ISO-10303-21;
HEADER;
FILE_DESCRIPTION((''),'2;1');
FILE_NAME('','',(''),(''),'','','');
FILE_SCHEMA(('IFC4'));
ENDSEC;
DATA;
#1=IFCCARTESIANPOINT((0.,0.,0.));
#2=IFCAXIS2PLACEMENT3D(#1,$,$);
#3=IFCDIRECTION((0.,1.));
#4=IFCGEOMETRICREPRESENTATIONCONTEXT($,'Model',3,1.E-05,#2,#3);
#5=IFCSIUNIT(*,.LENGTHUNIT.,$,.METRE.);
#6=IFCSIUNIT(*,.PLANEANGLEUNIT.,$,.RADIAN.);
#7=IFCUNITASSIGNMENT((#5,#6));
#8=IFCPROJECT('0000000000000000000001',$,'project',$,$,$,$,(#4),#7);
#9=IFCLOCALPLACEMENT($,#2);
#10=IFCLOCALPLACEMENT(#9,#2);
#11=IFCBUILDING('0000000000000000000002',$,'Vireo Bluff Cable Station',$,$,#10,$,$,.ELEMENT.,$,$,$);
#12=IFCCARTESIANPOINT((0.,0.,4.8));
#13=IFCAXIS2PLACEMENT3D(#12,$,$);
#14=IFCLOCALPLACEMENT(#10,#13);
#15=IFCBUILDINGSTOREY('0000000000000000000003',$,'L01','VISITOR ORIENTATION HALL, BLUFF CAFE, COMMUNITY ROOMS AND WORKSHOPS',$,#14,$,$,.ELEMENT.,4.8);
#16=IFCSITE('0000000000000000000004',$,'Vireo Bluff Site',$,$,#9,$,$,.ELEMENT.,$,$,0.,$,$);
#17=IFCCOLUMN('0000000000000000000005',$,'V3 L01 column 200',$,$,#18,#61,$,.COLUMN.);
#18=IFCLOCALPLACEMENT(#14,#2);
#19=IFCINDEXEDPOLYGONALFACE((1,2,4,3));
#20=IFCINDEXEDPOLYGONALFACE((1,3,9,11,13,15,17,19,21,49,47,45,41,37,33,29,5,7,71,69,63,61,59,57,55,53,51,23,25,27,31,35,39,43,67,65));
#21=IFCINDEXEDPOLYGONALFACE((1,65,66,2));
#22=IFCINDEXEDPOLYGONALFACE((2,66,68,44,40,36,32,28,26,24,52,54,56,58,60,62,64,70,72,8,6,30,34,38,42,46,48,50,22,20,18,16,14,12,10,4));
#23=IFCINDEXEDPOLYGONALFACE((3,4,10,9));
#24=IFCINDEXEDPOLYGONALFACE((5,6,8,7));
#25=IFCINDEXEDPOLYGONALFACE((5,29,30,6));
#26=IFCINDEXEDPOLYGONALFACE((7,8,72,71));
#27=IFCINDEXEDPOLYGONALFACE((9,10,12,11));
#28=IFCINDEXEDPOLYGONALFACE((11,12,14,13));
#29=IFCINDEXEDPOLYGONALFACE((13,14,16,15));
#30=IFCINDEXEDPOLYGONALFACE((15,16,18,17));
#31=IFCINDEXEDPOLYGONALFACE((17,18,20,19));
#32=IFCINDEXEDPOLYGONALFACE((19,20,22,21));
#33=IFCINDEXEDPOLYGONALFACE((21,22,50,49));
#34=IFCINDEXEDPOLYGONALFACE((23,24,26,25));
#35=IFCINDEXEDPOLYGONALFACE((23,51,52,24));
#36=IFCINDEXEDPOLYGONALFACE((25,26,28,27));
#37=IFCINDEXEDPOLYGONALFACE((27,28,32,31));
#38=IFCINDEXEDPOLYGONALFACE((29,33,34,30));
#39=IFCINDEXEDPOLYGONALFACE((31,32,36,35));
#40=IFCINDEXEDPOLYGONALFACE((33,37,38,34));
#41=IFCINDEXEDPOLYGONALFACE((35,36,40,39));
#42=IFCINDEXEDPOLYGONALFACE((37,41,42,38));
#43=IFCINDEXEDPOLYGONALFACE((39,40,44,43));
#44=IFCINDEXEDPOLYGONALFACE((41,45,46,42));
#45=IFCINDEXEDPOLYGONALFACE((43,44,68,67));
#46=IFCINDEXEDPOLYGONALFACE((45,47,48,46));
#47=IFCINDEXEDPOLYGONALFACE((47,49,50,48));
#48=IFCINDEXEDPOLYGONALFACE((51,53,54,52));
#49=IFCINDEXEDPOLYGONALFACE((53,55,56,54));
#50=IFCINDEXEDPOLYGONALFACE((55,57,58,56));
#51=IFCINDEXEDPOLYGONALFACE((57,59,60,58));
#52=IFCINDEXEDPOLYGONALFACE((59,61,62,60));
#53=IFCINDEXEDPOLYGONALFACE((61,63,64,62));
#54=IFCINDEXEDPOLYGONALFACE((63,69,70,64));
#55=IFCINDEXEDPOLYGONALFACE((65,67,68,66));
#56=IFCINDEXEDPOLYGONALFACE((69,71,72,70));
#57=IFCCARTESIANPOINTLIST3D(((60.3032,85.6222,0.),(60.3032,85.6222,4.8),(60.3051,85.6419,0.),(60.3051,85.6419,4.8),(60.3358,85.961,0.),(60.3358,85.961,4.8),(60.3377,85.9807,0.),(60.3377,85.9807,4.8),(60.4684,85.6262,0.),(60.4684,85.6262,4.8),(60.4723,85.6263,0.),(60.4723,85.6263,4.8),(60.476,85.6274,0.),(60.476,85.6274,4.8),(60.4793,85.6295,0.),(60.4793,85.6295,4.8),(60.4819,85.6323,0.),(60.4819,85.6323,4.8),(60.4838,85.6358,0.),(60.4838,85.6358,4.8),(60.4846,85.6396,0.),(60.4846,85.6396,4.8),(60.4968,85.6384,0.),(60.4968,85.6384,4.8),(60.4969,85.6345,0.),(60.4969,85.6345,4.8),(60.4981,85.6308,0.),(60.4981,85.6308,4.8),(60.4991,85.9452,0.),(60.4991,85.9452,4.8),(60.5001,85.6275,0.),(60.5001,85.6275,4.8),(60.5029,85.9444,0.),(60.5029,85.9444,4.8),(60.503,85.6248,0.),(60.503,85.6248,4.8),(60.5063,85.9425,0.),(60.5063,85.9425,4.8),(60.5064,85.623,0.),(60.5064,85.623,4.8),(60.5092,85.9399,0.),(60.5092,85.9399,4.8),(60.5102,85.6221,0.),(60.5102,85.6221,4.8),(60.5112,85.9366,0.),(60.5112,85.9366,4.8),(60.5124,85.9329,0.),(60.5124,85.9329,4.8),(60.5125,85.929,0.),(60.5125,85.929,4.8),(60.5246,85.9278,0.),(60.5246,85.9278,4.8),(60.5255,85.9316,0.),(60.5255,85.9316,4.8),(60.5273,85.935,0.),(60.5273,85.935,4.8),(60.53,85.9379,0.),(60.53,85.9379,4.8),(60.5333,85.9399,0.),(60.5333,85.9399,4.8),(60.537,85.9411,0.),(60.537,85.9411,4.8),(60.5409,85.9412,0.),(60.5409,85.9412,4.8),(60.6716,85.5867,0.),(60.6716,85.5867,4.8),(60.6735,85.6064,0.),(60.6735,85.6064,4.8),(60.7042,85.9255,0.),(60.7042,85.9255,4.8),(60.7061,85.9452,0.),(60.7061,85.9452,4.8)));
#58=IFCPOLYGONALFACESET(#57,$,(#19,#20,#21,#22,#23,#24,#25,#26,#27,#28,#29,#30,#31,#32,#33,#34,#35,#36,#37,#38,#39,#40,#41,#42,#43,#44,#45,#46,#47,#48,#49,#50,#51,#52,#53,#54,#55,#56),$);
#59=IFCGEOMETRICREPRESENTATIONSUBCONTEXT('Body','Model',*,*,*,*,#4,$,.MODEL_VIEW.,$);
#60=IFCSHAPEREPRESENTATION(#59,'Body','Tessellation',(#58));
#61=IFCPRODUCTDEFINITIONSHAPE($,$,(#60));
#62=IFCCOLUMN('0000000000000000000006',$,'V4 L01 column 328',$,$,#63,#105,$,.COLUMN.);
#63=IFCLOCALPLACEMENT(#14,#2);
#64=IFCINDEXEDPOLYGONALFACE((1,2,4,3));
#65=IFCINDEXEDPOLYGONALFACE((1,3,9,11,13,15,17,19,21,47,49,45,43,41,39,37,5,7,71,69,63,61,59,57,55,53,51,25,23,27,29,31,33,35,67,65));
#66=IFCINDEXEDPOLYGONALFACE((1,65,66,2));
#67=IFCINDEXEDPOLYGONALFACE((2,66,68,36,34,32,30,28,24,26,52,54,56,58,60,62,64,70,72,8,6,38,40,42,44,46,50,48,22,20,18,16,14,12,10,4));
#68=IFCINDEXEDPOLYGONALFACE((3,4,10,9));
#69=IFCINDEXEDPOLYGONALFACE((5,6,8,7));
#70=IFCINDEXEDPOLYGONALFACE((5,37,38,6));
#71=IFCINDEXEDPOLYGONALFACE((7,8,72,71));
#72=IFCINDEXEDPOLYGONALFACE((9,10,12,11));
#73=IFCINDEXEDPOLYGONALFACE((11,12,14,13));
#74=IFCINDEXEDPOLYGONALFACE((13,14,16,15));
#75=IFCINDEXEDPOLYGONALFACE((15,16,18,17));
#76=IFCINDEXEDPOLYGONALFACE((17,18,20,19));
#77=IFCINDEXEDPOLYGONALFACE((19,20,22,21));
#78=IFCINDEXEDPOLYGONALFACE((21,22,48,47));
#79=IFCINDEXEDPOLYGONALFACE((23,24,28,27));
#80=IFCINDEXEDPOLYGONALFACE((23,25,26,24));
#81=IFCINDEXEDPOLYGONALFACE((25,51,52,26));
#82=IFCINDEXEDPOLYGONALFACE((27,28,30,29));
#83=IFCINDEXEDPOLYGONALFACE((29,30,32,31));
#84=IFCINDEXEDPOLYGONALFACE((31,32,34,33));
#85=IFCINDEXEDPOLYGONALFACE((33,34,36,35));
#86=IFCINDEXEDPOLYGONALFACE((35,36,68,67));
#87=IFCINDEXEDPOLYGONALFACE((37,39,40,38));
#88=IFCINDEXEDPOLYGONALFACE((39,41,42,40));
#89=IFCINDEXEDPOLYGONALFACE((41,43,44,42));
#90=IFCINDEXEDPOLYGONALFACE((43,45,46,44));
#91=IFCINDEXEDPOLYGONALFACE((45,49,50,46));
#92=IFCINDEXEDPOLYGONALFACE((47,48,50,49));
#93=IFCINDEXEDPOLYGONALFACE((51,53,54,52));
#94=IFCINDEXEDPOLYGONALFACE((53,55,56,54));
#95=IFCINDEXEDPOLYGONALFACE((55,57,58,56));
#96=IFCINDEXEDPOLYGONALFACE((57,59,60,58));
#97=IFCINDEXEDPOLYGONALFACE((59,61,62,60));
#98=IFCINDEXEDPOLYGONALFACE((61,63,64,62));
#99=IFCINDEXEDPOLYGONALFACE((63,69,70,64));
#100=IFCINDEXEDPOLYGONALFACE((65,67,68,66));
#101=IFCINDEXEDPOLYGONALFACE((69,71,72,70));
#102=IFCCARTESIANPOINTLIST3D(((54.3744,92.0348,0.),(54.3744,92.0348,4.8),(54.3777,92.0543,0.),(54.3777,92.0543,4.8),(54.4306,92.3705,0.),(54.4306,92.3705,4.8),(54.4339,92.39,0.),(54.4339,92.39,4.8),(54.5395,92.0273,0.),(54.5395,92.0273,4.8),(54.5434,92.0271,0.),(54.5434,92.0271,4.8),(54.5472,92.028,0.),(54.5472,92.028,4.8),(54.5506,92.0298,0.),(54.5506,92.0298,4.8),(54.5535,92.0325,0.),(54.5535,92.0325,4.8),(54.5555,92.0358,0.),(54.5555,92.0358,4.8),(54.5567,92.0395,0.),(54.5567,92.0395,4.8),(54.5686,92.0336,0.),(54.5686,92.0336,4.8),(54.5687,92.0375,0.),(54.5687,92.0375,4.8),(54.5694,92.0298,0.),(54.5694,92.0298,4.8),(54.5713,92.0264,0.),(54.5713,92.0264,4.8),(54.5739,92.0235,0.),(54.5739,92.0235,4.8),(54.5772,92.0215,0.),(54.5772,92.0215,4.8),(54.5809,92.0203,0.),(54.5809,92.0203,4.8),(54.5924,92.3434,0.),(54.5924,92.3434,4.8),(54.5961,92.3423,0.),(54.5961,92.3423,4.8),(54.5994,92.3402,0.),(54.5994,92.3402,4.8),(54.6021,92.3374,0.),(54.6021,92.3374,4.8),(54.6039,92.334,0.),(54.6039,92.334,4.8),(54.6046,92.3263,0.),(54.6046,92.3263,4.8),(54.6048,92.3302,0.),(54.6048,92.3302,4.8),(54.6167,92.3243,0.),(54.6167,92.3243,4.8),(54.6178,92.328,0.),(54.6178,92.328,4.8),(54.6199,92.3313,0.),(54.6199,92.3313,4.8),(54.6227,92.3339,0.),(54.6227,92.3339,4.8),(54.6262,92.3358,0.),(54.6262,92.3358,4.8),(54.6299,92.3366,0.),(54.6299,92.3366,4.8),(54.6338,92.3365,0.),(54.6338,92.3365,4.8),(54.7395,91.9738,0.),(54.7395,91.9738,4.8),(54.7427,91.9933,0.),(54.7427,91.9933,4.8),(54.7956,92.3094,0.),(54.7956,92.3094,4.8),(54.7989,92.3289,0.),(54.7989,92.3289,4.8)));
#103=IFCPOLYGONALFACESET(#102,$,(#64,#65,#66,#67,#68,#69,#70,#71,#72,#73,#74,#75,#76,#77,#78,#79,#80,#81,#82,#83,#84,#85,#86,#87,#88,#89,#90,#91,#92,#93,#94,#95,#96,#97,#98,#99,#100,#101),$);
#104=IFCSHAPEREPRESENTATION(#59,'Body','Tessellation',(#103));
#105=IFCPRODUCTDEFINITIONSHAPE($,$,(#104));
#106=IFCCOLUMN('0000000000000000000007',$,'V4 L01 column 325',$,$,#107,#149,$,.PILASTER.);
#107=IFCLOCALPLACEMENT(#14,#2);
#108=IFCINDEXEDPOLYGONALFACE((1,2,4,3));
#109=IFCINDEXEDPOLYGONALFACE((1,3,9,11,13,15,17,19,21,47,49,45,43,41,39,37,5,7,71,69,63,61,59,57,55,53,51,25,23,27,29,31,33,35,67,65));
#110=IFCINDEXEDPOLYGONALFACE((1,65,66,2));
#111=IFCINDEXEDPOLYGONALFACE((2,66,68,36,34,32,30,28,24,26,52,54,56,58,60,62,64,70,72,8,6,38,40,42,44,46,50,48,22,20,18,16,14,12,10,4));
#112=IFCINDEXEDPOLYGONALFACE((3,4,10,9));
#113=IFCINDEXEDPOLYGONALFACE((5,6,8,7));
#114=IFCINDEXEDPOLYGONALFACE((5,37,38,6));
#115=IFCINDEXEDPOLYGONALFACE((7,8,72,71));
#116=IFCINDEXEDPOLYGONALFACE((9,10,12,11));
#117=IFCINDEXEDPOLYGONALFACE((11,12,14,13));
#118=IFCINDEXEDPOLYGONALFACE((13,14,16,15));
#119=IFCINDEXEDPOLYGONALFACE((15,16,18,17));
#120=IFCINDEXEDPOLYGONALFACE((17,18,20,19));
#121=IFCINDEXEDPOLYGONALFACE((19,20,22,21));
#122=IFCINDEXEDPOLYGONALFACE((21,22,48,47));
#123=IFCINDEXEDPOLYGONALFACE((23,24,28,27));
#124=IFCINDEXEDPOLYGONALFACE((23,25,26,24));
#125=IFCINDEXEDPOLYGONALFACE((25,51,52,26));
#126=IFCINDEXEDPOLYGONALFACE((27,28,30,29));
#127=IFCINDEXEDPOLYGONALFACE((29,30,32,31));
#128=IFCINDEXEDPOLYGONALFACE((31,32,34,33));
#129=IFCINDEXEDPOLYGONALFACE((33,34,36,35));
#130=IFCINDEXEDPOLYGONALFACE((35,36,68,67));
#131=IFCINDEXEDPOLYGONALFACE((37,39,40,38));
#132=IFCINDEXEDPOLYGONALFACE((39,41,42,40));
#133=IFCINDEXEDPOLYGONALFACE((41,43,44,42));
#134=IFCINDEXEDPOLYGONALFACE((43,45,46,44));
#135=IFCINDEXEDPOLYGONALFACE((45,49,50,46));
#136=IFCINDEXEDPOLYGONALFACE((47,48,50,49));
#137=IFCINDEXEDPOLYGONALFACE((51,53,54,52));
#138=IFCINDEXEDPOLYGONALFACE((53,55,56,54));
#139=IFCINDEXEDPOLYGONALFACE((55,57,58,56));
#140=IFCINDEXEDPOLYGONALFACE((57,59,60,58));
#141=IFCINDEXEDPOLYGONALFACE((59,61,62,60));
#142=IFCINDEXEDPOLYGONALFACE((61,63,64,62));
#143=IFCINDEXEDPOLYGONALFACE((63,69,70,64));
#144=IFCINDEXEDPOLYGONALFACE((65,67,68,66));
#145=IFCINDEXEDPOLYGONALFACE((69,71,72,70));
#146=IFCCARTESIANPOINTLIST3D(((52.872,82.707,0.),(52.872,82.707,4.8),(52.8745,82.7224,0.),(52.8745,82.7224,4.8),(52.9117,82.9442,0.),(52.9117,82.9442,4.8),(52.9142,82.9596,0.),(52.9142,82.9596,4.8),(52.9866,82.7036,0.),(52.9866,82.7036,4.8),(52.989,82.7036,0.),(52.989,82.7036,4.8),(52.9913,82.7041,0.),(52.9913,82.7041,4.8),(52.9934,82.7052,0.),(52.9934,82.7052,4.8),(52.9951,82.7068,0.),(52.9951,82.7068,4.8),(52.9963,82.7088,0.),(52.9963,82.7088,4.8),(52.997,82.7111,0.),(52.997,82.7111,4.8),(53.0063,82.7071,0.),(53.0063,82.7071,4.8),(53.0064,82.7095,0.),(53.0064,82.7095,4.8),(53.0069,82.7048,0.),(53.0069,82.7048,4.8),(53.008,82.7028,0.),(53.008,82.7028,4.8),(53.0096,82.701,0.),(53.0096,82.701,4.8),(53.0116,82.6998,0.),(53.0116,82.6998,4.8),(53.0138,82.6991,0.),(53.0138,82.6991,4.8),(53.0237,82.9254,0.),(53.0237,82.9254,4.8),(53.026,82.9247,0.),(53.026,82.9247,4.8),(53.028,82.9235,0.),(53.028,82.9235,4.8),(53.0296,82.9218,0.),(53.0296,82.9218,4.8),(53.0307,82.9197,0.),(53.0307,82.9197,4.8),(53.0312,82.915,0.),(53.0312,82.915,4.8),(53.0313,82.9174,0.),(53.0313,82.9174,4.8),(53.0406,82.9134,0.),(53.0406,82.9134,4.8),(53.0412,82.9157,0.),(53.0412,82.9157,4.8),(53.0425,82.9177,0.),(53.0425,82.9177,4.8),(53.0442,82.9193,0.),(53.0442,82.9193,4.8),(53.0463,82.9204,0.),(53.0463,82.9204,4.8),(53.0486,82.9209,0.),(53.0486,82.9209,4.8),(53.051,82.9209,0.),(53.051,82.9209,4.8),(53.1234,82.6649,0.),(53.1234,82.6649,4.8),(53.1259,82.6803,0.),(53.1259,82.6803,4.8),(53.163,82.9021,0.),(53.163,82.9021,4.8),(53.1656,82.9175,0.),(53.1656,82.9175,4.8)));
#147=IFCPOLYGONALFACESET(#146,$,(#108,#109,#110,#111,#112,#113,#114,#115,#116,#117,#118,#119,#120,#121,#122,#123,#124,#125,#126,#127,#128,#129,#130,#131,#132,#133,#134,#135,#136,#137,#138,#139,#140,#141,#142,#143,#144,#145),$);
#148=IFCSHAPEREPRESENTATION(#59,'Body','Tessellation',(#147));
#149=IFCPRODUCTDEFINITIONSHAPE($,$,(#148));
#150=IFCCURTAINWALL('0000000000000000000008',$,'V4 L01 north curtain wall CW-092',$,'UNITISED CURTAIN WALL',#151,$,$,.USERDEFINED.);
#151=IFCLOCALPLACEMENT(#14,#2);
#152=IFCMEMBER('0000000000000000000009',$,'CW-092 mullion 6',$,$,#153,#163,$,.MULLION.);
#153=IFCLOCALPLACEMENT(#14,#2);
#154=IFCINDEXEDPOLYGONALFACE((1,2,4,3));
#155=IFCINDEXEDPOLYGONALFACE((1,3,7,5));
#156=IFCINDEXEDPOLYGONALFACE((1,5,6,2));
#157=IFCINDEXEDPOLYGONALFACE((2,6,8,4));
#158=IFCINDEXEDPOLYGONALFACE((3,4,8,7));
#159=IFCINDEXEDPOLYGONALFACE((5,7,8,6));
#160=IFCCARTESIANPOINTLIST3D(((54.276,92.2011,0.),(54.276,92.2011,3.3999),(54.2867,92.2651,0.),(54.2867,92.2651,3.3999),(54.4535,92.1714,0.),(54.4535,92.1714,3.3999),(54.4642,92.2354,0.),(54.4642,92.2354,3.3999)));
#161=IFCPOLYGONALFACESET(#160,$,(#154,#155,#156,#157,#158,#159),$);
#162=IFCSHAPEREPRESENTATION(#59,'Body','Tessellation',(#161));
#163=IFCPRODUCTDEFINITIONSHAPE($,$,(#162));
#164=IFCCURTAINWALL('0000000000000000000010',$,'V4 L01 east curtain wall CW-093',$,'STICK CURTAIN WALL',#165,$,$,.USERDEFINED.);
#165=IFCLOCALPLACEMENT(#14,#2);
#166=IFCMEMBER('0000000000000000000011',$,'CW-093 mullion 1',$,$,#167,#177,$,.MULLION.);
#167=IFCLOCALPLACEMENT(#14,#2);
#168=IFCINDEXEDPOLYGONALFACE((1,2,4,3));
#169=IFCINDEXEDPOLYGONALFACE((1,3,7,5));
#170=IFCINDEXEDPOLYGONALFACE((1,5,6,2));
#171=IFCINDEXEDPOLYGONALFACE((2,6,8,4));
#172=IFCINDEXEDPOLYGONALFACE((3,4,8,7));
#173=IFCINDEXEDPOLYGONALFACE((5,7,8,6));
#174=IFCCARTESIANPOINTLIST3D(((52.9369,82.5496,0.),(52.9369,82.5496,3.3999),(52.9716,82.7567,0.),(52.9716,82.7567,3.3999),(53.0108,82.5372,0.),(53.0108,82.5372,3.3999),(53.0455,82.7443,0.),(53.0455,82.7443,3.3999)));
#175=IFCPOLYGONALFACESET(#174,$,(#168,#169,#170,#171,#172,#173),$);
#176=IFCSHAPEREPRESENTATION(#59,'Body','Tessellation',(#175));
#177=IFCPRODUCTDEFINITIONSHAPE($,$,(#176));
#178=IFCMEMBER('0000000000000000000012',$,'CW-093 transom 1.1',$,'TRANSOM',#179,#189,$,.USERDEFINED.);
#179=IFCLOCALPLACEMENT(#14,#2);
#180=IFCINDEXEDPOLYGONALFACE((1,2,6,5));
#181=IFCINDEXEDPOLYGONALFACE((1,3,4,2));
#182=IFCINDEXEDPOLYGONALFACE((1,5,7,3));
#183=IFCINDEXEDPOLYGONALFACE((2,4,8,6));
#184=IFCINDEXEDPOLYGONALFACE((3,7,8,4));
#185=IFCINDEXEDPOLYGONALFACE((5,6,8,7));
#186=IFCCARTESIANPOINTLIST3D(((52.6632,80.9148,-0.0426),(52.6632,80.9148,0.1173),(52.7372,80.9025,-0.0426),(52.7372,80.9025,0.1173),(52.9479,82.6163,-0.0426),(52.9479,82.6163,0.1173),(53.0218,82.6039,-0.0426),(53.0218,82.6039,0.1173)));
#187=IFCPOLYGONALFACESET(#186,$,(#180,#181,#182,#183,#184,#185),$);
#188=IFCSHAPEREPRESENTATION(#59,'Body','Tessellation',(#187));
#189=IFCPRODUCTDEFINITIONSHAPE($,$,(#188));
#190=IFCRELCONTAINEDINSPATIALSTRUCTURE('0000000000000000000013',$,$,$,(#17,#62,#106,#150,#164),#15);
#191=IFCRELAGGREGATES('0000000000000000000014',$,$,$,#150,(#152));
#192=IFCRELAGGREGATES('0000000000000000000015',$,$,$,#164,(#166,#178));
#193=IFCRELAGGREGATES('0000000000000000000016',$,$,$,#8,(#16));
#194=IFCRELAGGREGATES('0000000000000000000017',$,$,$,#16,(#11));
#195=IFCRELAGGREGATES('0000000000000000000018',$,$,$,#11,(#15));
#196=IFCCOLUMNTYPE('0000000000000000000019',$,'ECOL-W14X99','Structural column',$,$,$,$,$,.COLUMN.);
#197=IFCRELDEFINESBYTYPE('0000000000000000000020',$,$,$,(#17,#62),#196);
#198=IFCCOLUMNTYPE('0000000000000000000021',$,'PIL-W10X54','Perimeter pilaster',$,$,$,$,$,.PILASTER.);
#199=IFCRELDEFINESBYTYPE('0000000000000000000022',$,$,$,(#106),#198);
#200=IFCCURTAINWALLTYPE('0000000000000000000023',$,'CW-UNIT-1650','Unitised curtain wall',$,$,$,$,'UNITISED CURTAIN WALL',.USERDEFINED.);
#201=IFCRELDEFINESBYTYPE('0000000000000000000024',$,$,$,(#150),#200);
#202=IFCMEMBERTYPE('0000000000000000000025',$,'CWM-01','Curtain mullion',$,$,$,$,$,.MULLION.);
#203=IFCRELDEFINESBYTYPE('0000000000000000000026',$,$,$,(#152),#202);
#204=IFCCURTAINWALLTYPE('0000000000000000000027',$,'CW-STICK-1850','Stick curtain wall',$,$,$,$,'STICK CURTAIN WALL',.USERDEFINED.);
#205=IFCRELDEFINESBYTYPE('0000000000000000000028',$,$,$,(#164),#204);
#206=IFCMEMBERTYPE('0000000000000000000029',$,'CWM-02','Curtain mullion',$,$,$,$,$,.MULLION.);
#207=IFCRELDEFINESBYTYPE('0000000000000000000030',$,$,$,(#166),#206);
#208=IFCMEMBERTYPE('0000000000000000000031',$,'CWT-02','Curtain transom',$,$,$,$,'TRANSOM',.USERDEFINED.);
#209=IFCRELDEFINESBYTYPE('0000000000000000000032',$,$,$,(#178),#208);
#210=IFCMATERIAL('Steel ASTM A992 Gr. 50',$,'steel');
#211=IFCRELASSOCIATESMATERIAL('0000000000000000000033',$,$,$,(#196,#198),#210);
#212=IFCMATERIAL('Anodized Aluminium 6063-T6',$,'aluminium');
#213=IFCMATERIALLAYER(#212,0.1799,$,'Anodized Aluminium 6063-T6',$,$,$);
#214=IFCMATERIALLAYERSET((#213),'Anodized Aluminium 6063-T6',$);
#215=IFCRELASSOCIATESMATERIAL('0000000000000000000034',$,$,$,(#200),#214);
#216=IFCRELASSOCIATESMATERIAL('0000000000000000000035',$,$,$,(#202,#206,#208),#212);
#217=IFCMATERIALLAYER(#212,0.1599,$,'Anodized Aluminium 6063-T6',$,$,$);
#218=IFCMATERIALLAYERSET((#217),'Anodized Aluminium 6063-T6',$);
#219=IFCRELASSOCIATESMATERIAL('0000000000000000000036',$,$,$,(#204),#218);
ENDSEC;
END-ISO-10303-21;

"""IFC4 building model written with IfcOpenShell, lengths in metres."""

from ifc_helpers import new_model, si_unit, direction, frame, origin, origin_2d, place, context, subcontext, project, spatial, rectangle, i_section, extrude, material, layer, layer_set, material_profile, profile_set, type_object, element, aggregate, save


model = new_model("IFC4")

# Units and contexts
model_context = context("Model", 3, precision=1e-05, world=origin(), true_north=direction((0.0, 1.0)))
body_context = subcontext(model_context, "Body", "Model", "MODEL_VIEW")
ifc_project = project(units=[si_unit("LENGTHUNIT", "METRE"), si_unit("PLANEANGLEUNIT", "RADIAN")], contexts=[model_context])

# Site, building, storey
site_placement = place(None, origin())
site = spatial("IfcSite", under=ifc_project, at=site_placement, Name="Vireo Bluff Site", CompositionType="ELEMENT", RefElevation=0.0)
building_placement = place(site_placement, origin())
building = spatial("IfcBuilding", under=site, at=building_placement, Name="Vireo Bluff Cable Station", CompositionType="ELEMENT")
storey_placement = place(building_placement, frame((0.0, 0.0, 4.8)))
storey = spatial("IfcBuildingStorey", under=building, at=storey_placement, Name="L01", Description="VISITOR ORIENTATION HALL, BLUFF CAFE, COMMUNITY ROOMS AND WORKSHOPS", CompositionType="ELEMENT", Elevation=4.8)

# Columns
ifc_material_1 = material(Name="Steel ASTM A992 Gr. 50", Category="steel")
ifc_material_profile_1 = material_profile(ifc_material_1, i_section(OverallWidth=0.3701, OverallDepth=0.3601, WebThickness=0.0122, FlangeThickness=0.0198, FilletRadius=0.0149, at=origin_2d()), Name="W14X99")
ifc_profile_set_1 = profile_set([ifc_material_profile_1], Name="Steel ASTM A992 Gr. 50")
column_type_1 = type_object("IfcColumnType", Name="ECOL-W14X99", Description="Structural column", PredefinedType="COLUMN", material=ifc_profile_set_1)
for number, where, z_axis, x_axis, name in (
    (1, (60.5046, 85.7837, 0.0), (0.0, 0.0, 1.0), (0.995396, -0.095846, 0.0), "V3 L01 column 200"),
    (2, (54.5867, 92.1819, 0.0), (0.0, 0.0, 1.0), (0.986286, -0.165048, 0.0), "V4 L01 column 328"),
):
    element("IfcColumn", number, at=place(storey_placement, frame(where, z_axis=z_axis, x_axis=x_axis)), inside=storey, type_object=column_type_1, Name=name, PredefinedType="COLUMN", context=body_context, shape_type="SweptSolid", body=[
        extrude(i_section(OverallWidth=0.3701, OverallDepth=0.3601, WebThickness=0.0122, FlangeThickness=0.0198, FilletRadius=0.0149, at=origin_2d()), origin(), (0.0, 0.0, 1.0), 4.8),
    ])
ifc_material_profile_2 = material_profile(ifc_material_1, i_section(OverallWidth=0.2549, OverallDepth=0.2561, WebThickness=0.0095, FlangeThickness=0.0156, FilletRadius=0.009, at=origin_2d()), Name="W10X54")
ifc_profile_set_2 = profile_set([ifc_material_profile_2], Name="Steel ASTM A992 Gr. 50")
column_type_2 = type_object("IfcColumnType", Name="PIL-W10X54", Description="Perimeter pilaster", PredefinedType="PILASTER", material=ifc_profile_set_2)
column_placement = place(storey_placement, frame((53.0188, 82.8123, 0.0), z_axis=(0.0, 0.0, 1.0), x_axis=(0.986286, -0.165048, 0.0)))
element("IfcColumn", 3, at=column_placement, inside=storey, type_object=column_type_2, Name="V4 L01 column 325", PredefinedType="PILASTER", context=body_context, shape_type="SweptSolid", body=[
    extrude(i_section(OverallWidth=0.2549, OverallDepth=0.2561, WebThickness=0.0095, FlangeThickness=0.0156, FilletRadius=0.009, at=origin_2d()), origin(), (0.0, 0.0, 1.0), 4.8),
])

# Curtain wall, member
ifc_material_2 = material(Name="Anodized Aluminium 6063-T6", Category="aluminium")
ifc_layer_1 = layer(ifc_material_2, 0.1799, Name="Anodized Aluminium 6063-T6")
ifc_layer_set_1 = layer_set([ifc_layer_1], Name="Anodized Aluminium 6063-T6")
curtain_wall_type_1 = type_object("IfcCurtainWallType", Name="CW-UNIT-1650", Description="Unitised curtain wall", ElementType="UNITISED CURTAIN WALL", PredefinedType="USERDEFINED", material=ifc_layer_set_1)
curtain_wall_1_placement = place(storey_placement, origin())
curtain_wall_1 = element("IfcCurtainWall", 4, at=curtain_wall_1_placement, inside=storey, type_object=curtain_wall_type_1, Name="V4 L01 north curtain wall CW-092", ObjectType="UNITISED CURTAIN WALL", PredefinedType="USERDEFINED")
ifc_material_profile_3 = material_profile(ifc_material_2, rectangle(XDim=0.0649, YDim=0.1799, at=origin_2d()), Name="ALU-M-65X180")
ifc_profile_set_3 = profile_set([ifc_material_profile_3], Name="Anodized Aluminium 6063-T6")
member_type_1 = type_object("IfcMemberType", Name="CWM-01", Description="Curtain mullion", PredefinedType="MULLION", material=ifc_profile_set_3)
member_1_placement = place(storey_placement, frame((54.3701, 92.2183, 0.0), z_axis=(0.0, 0.0, 1.0), x_axis=(0.165048, 0.986286, 0.0)))
member_1 = element("IfcMember", 5, at=member_1_placement, type_object=member_type_1, Name="CW-092 mullion 6", PredefinedType="MULLION", context=body_context, shape_type="SweptSolid", body=[
    extrude(rectangle(XDim=0.0649, YDim=0.1799, at=origin_2d()), origin(), (0.0, 0.0, 1.0), 3.3999),
])

# Curtain wall, members
ifc_layer_2 = layer(ifc_material_2, 0.1599, Name="Anodized Aluminium 6063-T6")
ifc_layer_set_2 = layer_set([ifc_layer_2], Name="Anodized Aluminium 6063-T6")
curtain_wall_type_2 = type_object("IfcCurtainWallType", Name="CW-STICK-1850", Description="Stick curtain wall", ElementType="STICK CURTAIN WALL", PredefinedType="USERDEFINED", material=ifc_layer_set_2)
curtain_wall_2_placement = place(storey_placement, origin())
curtain_wall_2 = element("IfcCurtainWall", 6, at=curtain_wall_2_placement, inside=storey, type_object=curtain_wall_type_2, Name="V4 L01 east curtain wall CW-093", ObjectType="STICK CURTAIN WALL", PredefinedType="USERDEFINED")
ifc_material_profile_4 = material_profile(ifc_material_2, rectangle(XDim=0.075, YDim=0.21, at=origin_2d()), Name="ALU-M-75X210")
ifc_profile_set_4 = profile_set([ifc_material_profile_4], Name="Anodized Aluminium 6063-T6")
member_type_2 = type_object("IfcMemberType", Name="CWM-02", Description="Curtain mullion", PredefinedType="MULLION", material=ifc_profile_set_4)
member_2_placement = place(storey_placement, frame((52.9912, 82.647, 0.0), z_axis=(0.0, 0.0, 1.0), x_axis=(0.986286, -0.165048, 0.0)))
member_2 = element("IfcMember", 7, at=member_2_placement, type_object=member_type_2, Name="CW-093 mullion 1", PredefinedType="MULLION", context=body_context, shape_type="SweptSolid", body=[
    extrude(rectangle(XDim=0.075, YDim=0.21, at=origin_2d()), origin(), (0.0, 0.0, 1.0), 3.3999),
])
ifc_material_profile_5 = material_profile(ifc_material_2, rectangle(XDim=0.075, YDim=0.1599, at=origin_2d()), Name="ALU-T-75X160")
ifc_profile_set_5 = profile_set([ifc_material_profile_5], Name="Anodized Aluminium 6063-T6")
member_type_3 = type_object("IfcMemberType", Name="CWT-02", Description="Curtain transom", ElementType="TRANSOM", PredefinedType="USERDEFINED", material=ifc_profile_set_5)
member_3_placement = place(storey_placement, frame((52.9849, 82.6101, 0.0374), z_axis=(-0.165019, -0.98629, 0.0), x_axis=(0.98629, -0.165019, 0.0)))
member_3 = element("IfcMember", 8, at=member_3_placement, type_object=member_type_3, Name="CW-093 transom 1.1", ObjectType="TRANSOM", PredefinedType="USERDEFINED", context=body_context, shape_type="SweptSolid", body=[
    extrude(rectangle(XDim=0.075, YDim=0.1599, at=origin_2d()), origin(), (0.0, 0.0, 1.0), 1.7251),
])

aggregate(curtain_wall_1, [member_1])
aggregate(curtain_wall_2, [member_2, member_3])

save(model, "model.ifc")
